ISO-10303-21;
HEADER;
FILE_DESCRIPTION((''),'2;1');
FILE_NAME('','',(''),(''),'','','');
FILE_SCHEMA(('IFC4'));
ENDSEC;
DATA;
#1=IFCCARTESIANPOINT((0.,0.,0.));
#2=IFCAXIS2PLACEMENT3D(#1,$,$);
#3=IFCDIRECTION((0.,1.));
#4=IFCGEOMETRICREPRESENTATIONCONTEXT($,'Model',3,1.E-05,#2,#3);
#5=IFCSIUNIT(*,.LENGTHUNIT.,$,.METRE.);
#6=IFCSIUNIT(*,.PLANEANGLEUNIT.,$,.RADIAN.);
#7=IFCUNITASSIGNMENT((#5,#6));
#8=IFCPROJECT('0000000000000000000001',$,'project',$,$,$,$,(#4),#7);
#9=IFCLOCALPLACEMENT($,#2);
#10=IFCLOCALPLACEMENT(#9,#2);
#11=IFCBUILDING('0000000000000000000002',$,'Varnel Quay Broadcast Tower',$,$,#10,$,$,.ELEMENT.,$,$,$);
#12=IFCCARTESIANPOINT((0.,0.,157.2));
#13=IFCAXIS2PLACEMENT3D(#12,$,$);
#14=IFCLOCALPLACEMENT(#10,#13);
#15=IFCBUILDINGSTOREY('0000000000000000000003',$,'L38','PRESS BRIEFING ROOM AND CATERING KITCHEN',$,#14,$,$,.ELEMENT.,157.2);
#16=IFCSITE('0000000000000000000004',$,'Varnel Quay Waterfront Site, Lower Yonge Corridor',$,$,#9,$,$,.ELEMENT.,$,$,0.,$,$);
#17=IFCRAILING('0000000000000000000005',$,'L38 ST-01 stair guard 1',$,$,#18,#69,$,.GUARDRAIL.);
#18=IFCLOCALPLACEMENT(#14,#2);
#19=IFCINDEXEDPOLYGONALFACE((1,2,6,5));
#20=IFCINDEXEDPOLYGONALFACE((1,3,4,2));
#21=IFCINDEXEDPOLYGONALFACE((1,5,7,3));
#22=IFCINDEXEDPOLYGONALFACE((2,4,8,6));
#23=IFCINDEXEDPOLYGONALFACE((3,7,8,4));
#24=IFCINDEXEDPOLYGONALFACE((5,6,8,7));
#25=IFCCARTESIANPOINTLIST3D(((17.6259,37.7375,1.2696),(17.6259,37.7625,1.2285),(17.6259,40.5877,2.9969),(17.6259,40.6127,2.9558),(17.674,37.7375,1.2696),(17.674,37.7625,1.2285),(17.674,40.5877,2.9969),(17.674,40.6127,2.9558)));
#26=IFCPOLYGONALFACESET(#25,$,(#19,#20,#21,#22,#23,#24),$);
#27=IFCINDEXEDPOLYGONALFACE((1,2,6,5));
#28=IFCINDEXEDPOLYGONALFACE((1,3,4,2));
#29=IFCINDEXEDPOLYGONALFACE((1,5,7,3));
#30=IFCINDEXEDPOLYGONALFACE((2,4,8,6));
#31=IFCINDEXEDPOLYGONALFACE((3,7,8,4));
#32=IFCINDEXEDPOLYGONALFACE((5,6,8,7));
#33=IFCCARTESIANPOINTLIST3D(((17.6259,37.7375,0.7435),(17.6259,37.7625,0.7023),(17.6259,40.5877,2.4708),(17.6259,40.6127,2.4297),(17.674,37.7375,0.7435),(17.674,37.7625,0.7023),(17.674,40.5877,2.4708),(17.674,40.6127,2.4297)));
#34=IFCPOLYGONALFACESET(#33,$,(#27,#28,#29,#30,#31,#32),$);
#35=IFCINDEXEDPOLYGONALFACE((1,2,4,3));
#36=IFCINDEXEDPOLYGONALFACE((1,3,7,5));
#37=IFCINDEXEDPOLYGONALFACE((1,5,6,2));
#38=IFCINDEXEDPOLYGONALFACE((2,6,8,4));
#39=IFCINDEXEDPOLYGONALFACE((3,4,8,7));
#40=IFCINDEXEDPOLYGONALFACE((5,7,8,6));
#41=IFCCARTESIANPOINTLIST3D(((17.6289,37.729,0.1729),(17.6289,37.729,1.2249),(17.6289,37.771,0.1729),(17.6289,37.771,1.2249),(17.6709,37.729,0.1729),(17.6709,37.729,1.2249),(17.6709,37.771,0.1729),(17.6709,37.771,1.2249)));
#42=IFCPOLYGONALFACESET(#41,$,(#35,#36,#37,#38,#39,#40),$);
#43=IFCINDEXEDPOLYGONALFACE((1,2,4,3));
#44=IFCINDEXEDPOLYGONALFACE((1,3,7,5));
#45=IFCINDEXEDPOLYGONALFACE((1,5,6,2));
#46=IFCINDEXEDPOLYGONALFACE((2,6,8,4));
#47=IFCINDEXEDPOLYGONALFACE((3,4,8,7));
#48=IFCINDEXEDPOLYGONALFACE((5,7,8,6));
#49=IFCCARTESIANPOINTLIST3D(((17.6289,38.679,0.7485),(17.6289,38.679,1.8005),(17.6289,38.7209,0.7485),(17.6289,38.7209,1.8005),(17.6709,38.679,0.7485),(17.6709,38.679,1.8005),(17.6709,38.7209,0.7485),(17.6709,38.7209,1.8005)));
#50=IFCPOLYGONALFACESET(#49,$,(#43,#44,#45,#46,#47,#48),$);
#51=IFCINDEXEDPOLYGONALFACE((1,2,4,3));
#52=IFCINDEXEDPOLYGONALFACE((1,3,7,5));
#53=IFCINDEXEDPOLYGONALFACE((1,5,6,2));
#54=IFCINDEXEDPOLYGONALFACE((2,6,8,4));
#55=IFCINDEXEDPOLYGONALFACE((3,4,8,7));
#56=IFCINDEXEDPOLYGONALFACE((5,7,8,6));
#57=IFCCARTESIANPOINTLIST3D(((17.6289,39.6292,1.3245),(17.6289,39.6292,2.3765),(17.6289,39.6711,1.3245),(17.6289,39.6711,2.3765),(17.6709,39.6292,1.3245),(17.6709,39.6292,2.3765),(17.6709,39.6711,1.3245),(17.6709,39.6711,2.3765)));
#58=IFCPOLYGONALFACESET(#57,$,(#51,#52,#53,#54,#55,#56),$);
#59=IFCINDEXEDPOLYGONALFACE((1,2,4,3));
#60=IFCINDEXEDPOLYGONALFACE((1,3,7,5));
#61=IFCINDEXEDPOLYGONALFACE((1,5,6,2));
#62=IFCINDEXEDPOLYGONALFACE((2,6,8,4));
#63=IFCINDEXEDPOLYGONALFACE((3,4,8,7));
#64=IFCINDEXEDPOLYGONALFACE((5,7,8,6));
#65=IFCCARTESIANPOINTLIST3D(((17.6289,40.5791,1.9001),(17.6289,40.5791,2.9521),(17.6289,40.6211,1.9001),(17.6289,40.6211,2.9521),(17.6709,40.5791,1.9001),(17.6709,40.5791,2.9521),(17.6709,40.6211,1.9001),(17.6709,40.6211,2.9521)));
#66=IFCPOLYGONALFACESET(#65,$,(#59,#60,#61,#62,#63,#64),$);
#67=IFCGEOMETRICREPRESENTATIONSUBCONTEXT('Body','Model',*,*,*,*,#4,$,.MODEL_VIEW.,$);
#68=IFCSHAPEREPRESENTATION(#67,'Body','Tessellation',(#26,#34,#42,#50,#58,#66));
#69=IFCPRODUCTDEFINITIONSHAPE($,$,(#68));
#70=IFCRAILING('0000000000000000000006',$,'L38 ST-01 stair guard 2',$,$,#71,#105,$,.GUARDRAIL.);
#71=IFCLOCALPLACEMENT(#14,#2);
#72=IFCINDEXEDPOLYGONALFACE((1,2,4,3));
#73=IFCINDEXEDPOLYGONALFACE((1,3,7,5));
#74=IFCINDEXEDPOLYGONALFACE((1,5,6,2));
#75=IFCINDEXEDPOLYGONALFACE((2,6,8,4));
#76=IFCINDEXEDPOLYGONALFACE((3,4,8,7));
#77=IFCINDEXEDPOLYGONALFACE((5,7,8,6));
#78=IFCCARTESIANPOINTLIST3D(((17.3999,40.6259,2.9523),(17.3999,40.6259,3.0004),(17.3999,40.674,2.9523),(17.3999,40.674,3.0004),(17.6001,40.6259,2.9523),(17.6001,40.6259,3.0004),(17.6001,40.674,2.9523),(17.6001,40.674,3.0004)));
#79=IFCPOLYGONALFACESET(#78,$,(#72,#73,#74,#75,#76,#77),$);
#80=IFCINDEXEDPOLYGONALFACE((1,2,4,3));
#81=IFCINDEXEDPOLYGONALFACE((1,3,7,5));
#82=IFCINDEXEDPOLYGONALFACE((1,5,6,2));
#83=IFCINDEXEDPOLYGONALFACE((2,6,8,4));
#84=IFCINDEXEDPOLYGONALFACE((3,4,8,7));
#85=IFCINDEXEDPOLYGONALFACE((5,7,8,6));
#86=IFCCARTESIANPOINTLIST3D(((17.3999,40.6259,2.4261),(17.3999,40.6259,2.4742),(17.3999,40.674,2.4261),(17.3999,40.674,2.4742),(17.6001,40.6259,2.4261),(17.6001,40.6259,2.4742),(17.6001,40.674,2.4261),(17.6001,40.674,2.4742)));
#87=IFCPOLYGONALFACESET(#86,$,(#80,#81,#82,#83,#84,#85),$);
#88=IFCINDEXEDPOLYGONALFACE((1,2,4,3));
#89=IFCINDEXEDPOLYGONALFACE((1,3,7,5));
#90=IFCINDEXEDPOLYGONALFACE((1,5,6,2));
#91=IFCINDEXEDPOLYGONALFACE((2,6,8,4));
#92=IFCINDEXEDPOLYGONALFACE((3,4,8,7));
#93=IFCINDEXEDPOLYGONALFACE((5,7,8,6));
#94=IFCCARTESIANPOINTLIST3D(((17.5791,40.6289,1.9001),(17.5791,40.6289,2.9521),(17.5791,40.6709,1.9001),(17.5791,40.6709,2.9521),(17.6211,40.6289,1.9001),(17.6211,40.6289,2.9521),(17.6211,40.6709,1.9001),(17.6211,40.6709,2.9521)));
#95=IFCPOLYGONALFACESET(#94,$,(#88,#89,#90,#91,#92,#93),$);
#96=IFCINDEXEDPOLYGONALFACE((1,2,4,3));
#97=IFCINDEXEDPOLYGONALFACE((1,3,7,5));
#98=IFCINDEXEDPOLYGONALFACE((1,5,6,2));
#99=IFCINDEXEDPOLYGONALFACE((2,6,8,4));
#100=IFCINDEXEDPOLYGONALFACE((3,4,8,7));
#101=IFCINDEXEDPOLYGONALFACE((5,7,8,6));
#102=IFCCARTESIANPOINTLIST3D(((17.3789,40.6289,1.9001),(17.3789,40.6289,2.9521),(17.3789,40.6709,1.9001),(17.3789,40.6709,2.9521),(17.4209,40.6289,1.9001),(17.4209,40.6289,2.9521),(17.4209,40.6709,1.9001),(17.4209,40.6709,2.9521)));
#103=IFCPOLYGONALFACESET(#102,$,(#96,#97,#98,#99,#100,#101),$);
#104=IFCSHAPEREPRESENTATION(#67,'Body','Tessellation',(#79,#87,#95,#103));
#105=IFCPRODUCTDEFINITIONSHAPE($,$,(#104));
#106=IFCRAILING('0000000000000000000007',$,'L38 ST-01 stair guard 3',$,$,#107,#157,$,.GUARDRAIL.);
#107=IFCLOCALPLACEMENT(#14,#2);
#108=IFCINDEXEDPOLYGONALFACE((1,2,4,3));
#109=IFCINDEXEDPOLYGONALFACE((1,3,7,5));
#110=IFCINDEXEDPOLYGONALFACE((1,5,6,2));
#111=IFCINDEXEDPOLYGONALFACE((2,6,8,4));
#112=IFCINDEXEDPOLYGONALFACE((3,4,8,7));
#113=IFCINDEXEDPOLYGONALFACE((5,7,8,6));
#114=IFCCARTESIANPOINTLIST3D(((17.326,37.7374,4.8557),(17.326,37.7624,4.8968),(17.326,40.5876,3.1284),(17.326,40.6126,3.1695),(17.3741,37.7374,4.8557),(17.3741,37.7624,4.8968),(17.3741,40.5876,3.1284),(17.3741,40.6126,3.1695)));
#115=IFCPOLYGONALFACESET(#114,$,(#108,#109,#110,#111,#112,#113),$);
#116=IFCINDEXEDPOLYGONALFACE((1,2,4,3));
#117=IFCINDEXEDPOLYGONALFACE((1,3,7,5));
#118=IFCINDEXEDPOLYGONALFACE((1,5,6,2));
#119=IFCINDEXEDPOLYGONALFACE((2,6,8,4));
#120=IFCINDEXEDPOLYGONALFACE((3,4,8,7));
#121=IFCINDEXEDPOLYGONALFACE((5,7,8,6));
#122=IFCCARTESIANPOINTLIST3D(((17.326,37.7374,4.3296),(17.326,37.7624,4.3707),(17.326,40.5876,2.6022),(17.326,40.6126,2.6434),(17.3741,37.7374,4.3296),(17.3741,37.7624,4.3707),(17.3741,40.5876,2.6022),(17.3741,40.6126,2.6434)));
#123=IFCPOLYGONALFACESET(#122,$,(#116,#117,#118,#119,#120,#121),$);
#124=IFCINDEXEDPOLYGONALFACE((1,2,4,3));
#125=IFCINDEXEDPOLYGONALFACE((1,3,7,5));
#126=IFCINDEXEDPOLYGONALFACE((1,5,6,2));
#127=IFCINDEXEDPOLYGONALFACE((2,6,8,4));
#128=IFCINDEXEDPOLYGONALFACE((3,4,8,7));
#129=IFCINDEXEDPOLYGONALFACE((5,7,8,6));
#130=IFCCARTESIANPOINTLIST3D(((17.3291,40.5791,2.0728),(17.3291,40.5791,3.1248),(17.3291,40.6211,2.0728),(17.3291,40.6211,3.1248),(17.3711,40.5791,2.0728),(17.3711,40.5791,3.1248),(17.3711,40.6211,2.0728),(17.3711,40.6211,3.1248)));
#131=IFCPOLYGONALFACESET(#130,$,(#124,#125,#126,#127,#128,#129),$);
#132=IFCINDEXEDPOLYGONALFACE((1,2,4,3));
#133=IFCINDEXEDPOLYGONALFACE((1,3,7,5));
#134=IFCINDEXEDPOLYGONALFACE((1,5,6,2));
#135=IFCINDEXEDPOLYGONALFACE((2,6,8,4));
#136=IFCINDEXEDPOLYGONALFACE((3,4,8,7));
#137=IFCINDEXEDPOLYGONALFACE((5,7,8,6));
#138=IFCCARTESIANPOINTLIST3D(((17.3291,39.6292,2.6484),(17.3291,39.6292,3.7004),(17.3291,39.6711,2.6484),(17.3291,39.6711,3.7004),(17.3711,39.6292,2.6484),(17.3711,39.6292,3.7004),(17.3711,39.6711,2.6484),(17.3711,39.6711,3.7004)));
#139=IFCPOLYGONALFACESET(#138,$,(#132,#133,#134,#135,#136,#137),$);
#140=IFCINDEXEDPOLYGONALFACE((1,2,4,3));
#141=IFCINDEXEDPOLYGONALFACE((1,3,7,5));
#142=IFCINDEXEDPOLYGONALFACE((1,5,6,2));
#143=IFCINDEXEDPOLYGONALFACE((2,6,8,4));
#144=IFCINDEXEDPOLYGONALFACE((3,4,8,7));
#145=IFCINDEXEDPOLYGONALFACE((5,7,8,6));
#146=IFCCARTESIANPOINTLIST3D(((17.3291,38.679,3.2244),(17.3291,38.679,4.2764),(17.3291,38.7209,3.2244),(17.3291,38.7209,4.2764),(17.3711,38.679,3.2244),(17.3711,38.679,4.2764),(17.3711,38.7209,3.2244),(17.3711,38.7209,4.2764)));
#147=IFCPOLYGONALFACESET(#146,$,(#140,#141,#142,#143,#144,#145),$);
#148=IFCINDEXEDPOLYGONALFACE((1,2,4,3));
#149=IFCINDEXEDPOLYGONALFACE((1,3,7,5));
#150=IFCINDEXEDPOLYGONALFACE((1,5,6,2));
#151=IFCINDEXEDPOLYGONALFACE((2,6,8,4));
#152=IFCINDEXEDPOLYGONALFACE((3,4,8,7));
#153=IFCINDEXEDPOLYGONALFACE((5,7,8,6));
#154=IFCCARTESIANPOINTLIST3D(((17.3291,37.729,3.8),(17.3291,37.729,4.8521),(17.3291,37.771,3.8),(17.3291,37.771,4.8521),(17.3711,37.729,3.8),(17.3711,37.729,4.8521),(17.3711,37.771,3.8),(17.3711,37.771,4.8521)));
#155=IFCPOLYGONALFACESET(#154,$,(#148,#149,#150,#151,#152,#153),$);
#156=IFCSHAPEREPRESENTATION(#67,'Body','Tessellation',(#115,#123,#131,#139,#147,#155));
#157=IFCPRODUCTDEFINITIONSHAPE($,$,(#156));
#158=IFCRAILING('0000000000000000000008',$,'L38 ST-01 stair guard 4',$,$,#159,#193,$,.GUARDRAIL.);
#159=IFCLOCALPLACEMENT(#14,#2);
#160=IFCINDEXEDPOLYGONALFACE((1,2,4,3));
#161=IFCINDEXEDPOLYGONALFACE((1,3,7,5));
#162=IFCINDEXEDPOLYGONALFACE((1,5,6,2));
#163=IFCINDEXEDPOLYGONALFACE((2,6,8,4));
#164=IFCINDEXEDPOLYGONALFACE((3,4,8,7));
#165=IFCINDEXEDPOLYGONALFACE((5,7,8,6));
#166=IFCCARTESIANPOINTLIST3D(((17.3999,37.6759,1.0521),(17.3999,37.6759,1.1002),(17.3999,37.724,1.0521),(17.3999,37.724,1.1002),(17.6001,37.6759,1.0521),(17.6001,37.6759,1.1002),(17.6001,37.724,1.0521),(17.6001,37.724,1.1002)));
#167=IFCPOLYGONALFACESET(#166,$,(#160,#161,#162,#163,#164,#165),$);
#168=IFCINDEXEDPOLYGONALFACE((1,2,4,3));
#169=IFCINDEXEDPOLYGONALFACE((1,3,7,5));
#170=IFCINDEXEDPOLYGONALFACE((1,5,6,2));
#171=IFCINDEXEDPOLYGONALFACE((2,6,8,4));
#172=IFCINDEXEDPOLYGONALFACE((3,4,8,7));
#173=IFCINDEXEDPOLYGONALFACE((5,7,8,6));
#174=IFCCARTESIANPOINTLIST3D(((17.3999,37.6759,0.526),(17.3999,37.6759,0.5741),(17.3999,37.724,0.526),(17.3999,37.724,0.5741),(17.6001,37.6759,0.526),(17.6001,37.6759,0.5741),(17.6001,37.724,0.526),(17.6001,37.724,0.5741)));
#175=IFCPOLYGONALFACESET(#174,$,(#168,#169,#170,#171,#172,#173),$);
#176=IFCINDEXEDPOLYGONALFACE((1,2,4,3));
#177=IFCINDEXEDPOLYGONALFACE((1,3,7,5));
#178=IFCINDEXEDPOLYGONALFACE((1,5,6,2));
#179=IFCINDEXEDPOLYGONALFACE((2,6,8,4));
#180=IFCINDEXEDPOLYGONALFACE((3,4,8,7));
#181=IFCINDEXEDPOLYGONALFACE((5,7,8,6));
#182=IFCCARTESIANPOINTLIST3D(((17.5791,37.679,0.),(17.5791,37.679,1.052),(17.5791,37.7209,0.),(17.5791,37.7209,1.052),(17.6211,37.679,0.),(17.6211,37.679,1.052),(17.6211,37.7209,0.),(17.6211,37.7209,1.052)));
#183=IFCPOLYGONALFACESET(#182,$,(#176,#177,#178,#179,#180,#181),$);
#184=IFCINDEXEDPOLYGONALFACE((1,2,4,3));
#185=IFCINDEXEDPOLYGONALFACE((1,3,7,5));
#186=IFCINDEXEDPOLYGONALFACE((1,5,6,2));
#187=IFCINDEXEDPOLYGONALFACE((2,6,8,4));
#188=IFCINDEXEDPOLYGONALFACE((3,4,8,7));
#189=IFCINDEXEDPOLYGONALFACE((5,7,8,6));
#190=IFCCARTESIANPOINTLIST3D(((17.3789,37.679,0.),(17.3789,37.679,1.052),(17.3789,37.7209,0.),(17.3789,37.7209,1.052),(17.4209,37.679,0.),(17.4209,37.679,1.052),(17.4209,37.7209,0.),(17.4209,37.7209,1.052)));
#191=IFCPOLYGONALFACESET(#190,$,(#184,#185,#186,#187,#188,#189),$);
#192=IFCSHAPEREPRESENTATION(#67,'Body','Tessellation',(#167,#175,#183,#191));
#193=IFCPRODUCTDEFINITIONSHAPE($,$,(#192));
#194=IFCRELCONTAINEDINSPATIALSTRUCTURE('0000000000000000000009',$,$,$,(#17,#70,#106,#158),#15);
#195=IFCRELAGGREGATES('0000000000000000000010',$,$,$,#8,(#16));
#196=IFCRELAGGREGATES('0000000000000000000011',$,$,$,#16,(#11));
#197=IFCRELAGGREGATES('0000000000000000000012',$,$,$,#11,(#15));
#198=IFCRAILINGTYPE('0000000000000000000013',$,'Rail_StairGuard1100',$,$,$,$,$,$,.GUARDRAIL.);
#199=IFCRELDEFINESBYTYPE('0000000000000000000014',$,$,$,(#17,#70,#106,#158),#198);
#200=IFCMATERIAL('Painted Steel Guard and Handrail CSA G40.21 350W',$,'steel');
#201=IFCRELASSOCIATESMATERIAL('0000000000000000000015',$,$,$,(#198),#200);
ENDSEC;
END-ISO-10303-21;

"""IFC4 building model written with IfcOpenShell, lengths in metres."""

from ifc_helpers import new_model, si_unit, direction, frame, origin, origin_2d, place, context, subcontext, project, spatial, rectangle, extrude, material, type_object, element, save


model = new_model("IFC4")

# Units and contexts
model_context = context("Model", 3, precision=1e-05, world=origin(), true_north=direction((0.0, 1.0)))
body_context = subcontext(model_context, "Body", "Model", "MODEL_VIEW")
ifc_project = project(units=[si_unit("LENGTHUNIT", "METRE"), si_unit("PLANEANGLEUNIT", "RADIAN")], contexts=[model_context])

# Site, building, storey
site_placement = place(None, origin())
site = spatial("IfcSite", under=ifc_project, at=site_placement, Name="Varnel Quay Waterfront Site, Lower Yonge Corridor", CompositionType="ELEMENT", RefElevation=0.0)
building_placement = place(site_placement, origin())
building = spatial("IfcBuilding", under=site, at=building_placement, Name="Varnel Quay Broadcast Tower", CompositionType="ELEMENT")
storey_placement = place(building_placement, frame((0.0, 0.0, 157.2)))
storey = spatial("IfcBuildingStorey", under=building, at=storey_placement, Name="L38", Description="PRESS BRIEFING ROOM AND CATERING KITCHEN", CompositionType="ELEMENT", Elevation=157.2)

# Railings
ifc_material_1 = material(Name="Painted Steel Guard and Handrail CSA G40.21 350W", Category="steel")
railing_type_1 = type_object("IfcRailingType", Name="Rail_StairGuard1100", PredefinedType="GUARDRAIL", material=ifc_material_1)
railing_1_placement = place(storey_placement, frame((17.6499, 37.75, 0.1729)))
element("IfcRailing", 1, at=railing_1_placement, inside=storey, type_object=railing_type_1, Name="L38 ST-01 stair guard 1", PredefinedType="GUARDRAIL", context=body_context, shape_type="SweptSolid", body=[
    extrude(rectangle(XDim=0.0481, YDim=0.0481, at=origin_2d()), frame((0.0, 0.0, 1.0762), z_axis=(0.0, 0.855203, 0.518294), x_axis=(-1.0, 0.0, 0.0)), (0.0, 0.0, 1.0), 3.3328),
    extrude(rectangle(XDim=0.0481, YDim=0.0481, at=origin_2d()), frame((0.0, 0.0, 0.55), z_axis=(0.0, 0.855203, 0.518294), x_axis=(-1.0, 0.0, 0.0)), (0.0, 0.0, 1.0), 3.3328),
    extrude(rectangle(XDim=0.042, YDim=0.042, at=origin_2d()), origin(), (0.0, 0.0, 1.0), 1.052),
    extrude(rectangle(XDim=0.042, YDim=0.042, at=origin_2d()), frame((0.0, 0.95, 0.5757)), (0.0, 0.0, 1.0), 1.052),
    extrude(rectangle(XDim=0.042, YDim=0.042, at=origin_2d()), frame((0.0, 1.9001, 1.1516)), (0.0, 0.0, 1.0), 1.052),
    extrude(rectangle(XDim=0.042, YDim=0.042, at=origin_2d()), frame((0.0, 2.8501, 1.7273)), (0.0, 0.0, 1.0), 1.052),
])
railing_2_placement = place(storey_placement, frame((17.6001, 40.6499, 1.9001)))
element("IfcRailing", 2, at=railing_2_placement, inside=storey, type_object=railing_type_1, Name="L38 ST-01 stair guard 2", PredefinedType="GUARDRAIL", context=body_context, shape_type="SweptSolid", body=[
    extrude(rectangle(XDim=0.0481, YDim=0.0481, at=origin_2d()), frame((0.0, 0.0, 1.0762), z_axis=(-1.0, 0.0, 0.0), x_axis=(0.0, -1.0, 0.0)), (0.0, 0.0, 1.0), 0.2002),
    extrude(rectangle(XDim=0.0481, YDim=0.0481, at=origin_2d()), frame((0.0, 0.0, 0.55), z_axis=(-1.0, 0.0, 0.0), x_axis=(0.0, -1.0, 0.0)), (0.0, 0.0, 1.0), 0.2002),
    extrude(rectangle(XDim=0.042, YDim=0.042, at=origin_2d()), origin(), (0.0, 0.0, 1.0), 1.052),
    extrude(rectangle(XDim=0.042, YDim=0.042, at=origin_2d()), frame((-0.2002, 0.0, 0.0)), (0.0, 0.0, 1.0), 1.052),
])
railing_3_placement = place(storey_placement, frame((17.3501, 40.6001, 2.0728)))
element("IfcRailing", 3, at=railing_3_placement, inside=storey, type_object=railing_type_1, Name="L38 ST-01 stair guard 3", PredefinedType="GUARDRAIL", context=body_context, shape_type="SweptSolid", body=[
    extrude(rectangle(XDim=0.0481, YDim=0.0481, at=origin_2d()), frame((0.0, 0.0, 1.0762), z_axis=(0.0, -0.855203, 0.518294), x_axis=(1.0, 0.0, 0.0)), (0.0, 0.0, 1.0), 3.3328),
    extrude(rectangle(XDim=0.0481, YDim=0.0481, at=origin_2d()), frame((0.0, 0.0, 0.55), z_axis=(0.0, -0.855203, 0.518294), x_axis=(1.0, 0.0, 0.0)), (0.0, 0.0, 1.0), 3.3328),
    extrude(rectangle(XDim=0.042, YDim=0.042, at=origin_2d()), origin(), (0.0, 0.0, 1.0), 1.052),
    extrude(rectangle(XDim=0.042, YDim=0.042, at=origin_2d()), frame((0.0, -0.95, 0.5757)), (0.0, 0.0, 1.0), 1.052),
    extrude(rectangle(XDim=0.042, YDim=0.042, at=origin_2d()), frame((0.0, -1.9001, 1.1516)), (0.0, 0.0, 1.0), 1.052),
    extrude(rectangle(XDim=0.042, YDim=0.042, at=origin_2d()), frame((0.0, -2.8501, 1.7273)), (0.0, 0.0, 1.0), 1.052),
])
railing_4_placement = place(storey_placement, frame((17.6001, 37.7, 0.0)))
element("IfcRailing", 4, at=railing_4_placement, inside=storey, type_object=railing_type_1, Name="L38 ST-01 stair guard 4", PredefinedType="GUARDRAIL", context=body_context, shape_type="SweptSolid", body=[
    extrude(rectangle(XDim=0.0481, YDim=0.0481, at=origin_2d()), frame((0.0, 0.0, 1.0762), z_axis=(-1.0, 0.0, 0.0), x_axis=(0.0, -1.0, 0.0)), (0.0, 0.0, 1.0), 0.2002),
    extrude(rectangle(XDim=0.0481, YDim=0.0481, at=origin_2d()), frame((0.0, 0.0, 0.55), z_axis=(-1.0, 0.0, 0.0), x_axis=(0.0, -1.0, 0.0)), (0.0, 0.0, 1.0), 0.2002),
    extrude(rectangle(XDim=0.042, YDim=0.042, at=origin_2d()), origin(), (0.0, 0.0, 1.0), 1.052),
    extrude(rectangle(XDim=0.042, YDim=0.042, at=origin_2d()), frame((-0.2002, 0.0, 0.0)), (0.0, 0.0, 1.0), 1.052),
])

save(model, "model.ifc")
